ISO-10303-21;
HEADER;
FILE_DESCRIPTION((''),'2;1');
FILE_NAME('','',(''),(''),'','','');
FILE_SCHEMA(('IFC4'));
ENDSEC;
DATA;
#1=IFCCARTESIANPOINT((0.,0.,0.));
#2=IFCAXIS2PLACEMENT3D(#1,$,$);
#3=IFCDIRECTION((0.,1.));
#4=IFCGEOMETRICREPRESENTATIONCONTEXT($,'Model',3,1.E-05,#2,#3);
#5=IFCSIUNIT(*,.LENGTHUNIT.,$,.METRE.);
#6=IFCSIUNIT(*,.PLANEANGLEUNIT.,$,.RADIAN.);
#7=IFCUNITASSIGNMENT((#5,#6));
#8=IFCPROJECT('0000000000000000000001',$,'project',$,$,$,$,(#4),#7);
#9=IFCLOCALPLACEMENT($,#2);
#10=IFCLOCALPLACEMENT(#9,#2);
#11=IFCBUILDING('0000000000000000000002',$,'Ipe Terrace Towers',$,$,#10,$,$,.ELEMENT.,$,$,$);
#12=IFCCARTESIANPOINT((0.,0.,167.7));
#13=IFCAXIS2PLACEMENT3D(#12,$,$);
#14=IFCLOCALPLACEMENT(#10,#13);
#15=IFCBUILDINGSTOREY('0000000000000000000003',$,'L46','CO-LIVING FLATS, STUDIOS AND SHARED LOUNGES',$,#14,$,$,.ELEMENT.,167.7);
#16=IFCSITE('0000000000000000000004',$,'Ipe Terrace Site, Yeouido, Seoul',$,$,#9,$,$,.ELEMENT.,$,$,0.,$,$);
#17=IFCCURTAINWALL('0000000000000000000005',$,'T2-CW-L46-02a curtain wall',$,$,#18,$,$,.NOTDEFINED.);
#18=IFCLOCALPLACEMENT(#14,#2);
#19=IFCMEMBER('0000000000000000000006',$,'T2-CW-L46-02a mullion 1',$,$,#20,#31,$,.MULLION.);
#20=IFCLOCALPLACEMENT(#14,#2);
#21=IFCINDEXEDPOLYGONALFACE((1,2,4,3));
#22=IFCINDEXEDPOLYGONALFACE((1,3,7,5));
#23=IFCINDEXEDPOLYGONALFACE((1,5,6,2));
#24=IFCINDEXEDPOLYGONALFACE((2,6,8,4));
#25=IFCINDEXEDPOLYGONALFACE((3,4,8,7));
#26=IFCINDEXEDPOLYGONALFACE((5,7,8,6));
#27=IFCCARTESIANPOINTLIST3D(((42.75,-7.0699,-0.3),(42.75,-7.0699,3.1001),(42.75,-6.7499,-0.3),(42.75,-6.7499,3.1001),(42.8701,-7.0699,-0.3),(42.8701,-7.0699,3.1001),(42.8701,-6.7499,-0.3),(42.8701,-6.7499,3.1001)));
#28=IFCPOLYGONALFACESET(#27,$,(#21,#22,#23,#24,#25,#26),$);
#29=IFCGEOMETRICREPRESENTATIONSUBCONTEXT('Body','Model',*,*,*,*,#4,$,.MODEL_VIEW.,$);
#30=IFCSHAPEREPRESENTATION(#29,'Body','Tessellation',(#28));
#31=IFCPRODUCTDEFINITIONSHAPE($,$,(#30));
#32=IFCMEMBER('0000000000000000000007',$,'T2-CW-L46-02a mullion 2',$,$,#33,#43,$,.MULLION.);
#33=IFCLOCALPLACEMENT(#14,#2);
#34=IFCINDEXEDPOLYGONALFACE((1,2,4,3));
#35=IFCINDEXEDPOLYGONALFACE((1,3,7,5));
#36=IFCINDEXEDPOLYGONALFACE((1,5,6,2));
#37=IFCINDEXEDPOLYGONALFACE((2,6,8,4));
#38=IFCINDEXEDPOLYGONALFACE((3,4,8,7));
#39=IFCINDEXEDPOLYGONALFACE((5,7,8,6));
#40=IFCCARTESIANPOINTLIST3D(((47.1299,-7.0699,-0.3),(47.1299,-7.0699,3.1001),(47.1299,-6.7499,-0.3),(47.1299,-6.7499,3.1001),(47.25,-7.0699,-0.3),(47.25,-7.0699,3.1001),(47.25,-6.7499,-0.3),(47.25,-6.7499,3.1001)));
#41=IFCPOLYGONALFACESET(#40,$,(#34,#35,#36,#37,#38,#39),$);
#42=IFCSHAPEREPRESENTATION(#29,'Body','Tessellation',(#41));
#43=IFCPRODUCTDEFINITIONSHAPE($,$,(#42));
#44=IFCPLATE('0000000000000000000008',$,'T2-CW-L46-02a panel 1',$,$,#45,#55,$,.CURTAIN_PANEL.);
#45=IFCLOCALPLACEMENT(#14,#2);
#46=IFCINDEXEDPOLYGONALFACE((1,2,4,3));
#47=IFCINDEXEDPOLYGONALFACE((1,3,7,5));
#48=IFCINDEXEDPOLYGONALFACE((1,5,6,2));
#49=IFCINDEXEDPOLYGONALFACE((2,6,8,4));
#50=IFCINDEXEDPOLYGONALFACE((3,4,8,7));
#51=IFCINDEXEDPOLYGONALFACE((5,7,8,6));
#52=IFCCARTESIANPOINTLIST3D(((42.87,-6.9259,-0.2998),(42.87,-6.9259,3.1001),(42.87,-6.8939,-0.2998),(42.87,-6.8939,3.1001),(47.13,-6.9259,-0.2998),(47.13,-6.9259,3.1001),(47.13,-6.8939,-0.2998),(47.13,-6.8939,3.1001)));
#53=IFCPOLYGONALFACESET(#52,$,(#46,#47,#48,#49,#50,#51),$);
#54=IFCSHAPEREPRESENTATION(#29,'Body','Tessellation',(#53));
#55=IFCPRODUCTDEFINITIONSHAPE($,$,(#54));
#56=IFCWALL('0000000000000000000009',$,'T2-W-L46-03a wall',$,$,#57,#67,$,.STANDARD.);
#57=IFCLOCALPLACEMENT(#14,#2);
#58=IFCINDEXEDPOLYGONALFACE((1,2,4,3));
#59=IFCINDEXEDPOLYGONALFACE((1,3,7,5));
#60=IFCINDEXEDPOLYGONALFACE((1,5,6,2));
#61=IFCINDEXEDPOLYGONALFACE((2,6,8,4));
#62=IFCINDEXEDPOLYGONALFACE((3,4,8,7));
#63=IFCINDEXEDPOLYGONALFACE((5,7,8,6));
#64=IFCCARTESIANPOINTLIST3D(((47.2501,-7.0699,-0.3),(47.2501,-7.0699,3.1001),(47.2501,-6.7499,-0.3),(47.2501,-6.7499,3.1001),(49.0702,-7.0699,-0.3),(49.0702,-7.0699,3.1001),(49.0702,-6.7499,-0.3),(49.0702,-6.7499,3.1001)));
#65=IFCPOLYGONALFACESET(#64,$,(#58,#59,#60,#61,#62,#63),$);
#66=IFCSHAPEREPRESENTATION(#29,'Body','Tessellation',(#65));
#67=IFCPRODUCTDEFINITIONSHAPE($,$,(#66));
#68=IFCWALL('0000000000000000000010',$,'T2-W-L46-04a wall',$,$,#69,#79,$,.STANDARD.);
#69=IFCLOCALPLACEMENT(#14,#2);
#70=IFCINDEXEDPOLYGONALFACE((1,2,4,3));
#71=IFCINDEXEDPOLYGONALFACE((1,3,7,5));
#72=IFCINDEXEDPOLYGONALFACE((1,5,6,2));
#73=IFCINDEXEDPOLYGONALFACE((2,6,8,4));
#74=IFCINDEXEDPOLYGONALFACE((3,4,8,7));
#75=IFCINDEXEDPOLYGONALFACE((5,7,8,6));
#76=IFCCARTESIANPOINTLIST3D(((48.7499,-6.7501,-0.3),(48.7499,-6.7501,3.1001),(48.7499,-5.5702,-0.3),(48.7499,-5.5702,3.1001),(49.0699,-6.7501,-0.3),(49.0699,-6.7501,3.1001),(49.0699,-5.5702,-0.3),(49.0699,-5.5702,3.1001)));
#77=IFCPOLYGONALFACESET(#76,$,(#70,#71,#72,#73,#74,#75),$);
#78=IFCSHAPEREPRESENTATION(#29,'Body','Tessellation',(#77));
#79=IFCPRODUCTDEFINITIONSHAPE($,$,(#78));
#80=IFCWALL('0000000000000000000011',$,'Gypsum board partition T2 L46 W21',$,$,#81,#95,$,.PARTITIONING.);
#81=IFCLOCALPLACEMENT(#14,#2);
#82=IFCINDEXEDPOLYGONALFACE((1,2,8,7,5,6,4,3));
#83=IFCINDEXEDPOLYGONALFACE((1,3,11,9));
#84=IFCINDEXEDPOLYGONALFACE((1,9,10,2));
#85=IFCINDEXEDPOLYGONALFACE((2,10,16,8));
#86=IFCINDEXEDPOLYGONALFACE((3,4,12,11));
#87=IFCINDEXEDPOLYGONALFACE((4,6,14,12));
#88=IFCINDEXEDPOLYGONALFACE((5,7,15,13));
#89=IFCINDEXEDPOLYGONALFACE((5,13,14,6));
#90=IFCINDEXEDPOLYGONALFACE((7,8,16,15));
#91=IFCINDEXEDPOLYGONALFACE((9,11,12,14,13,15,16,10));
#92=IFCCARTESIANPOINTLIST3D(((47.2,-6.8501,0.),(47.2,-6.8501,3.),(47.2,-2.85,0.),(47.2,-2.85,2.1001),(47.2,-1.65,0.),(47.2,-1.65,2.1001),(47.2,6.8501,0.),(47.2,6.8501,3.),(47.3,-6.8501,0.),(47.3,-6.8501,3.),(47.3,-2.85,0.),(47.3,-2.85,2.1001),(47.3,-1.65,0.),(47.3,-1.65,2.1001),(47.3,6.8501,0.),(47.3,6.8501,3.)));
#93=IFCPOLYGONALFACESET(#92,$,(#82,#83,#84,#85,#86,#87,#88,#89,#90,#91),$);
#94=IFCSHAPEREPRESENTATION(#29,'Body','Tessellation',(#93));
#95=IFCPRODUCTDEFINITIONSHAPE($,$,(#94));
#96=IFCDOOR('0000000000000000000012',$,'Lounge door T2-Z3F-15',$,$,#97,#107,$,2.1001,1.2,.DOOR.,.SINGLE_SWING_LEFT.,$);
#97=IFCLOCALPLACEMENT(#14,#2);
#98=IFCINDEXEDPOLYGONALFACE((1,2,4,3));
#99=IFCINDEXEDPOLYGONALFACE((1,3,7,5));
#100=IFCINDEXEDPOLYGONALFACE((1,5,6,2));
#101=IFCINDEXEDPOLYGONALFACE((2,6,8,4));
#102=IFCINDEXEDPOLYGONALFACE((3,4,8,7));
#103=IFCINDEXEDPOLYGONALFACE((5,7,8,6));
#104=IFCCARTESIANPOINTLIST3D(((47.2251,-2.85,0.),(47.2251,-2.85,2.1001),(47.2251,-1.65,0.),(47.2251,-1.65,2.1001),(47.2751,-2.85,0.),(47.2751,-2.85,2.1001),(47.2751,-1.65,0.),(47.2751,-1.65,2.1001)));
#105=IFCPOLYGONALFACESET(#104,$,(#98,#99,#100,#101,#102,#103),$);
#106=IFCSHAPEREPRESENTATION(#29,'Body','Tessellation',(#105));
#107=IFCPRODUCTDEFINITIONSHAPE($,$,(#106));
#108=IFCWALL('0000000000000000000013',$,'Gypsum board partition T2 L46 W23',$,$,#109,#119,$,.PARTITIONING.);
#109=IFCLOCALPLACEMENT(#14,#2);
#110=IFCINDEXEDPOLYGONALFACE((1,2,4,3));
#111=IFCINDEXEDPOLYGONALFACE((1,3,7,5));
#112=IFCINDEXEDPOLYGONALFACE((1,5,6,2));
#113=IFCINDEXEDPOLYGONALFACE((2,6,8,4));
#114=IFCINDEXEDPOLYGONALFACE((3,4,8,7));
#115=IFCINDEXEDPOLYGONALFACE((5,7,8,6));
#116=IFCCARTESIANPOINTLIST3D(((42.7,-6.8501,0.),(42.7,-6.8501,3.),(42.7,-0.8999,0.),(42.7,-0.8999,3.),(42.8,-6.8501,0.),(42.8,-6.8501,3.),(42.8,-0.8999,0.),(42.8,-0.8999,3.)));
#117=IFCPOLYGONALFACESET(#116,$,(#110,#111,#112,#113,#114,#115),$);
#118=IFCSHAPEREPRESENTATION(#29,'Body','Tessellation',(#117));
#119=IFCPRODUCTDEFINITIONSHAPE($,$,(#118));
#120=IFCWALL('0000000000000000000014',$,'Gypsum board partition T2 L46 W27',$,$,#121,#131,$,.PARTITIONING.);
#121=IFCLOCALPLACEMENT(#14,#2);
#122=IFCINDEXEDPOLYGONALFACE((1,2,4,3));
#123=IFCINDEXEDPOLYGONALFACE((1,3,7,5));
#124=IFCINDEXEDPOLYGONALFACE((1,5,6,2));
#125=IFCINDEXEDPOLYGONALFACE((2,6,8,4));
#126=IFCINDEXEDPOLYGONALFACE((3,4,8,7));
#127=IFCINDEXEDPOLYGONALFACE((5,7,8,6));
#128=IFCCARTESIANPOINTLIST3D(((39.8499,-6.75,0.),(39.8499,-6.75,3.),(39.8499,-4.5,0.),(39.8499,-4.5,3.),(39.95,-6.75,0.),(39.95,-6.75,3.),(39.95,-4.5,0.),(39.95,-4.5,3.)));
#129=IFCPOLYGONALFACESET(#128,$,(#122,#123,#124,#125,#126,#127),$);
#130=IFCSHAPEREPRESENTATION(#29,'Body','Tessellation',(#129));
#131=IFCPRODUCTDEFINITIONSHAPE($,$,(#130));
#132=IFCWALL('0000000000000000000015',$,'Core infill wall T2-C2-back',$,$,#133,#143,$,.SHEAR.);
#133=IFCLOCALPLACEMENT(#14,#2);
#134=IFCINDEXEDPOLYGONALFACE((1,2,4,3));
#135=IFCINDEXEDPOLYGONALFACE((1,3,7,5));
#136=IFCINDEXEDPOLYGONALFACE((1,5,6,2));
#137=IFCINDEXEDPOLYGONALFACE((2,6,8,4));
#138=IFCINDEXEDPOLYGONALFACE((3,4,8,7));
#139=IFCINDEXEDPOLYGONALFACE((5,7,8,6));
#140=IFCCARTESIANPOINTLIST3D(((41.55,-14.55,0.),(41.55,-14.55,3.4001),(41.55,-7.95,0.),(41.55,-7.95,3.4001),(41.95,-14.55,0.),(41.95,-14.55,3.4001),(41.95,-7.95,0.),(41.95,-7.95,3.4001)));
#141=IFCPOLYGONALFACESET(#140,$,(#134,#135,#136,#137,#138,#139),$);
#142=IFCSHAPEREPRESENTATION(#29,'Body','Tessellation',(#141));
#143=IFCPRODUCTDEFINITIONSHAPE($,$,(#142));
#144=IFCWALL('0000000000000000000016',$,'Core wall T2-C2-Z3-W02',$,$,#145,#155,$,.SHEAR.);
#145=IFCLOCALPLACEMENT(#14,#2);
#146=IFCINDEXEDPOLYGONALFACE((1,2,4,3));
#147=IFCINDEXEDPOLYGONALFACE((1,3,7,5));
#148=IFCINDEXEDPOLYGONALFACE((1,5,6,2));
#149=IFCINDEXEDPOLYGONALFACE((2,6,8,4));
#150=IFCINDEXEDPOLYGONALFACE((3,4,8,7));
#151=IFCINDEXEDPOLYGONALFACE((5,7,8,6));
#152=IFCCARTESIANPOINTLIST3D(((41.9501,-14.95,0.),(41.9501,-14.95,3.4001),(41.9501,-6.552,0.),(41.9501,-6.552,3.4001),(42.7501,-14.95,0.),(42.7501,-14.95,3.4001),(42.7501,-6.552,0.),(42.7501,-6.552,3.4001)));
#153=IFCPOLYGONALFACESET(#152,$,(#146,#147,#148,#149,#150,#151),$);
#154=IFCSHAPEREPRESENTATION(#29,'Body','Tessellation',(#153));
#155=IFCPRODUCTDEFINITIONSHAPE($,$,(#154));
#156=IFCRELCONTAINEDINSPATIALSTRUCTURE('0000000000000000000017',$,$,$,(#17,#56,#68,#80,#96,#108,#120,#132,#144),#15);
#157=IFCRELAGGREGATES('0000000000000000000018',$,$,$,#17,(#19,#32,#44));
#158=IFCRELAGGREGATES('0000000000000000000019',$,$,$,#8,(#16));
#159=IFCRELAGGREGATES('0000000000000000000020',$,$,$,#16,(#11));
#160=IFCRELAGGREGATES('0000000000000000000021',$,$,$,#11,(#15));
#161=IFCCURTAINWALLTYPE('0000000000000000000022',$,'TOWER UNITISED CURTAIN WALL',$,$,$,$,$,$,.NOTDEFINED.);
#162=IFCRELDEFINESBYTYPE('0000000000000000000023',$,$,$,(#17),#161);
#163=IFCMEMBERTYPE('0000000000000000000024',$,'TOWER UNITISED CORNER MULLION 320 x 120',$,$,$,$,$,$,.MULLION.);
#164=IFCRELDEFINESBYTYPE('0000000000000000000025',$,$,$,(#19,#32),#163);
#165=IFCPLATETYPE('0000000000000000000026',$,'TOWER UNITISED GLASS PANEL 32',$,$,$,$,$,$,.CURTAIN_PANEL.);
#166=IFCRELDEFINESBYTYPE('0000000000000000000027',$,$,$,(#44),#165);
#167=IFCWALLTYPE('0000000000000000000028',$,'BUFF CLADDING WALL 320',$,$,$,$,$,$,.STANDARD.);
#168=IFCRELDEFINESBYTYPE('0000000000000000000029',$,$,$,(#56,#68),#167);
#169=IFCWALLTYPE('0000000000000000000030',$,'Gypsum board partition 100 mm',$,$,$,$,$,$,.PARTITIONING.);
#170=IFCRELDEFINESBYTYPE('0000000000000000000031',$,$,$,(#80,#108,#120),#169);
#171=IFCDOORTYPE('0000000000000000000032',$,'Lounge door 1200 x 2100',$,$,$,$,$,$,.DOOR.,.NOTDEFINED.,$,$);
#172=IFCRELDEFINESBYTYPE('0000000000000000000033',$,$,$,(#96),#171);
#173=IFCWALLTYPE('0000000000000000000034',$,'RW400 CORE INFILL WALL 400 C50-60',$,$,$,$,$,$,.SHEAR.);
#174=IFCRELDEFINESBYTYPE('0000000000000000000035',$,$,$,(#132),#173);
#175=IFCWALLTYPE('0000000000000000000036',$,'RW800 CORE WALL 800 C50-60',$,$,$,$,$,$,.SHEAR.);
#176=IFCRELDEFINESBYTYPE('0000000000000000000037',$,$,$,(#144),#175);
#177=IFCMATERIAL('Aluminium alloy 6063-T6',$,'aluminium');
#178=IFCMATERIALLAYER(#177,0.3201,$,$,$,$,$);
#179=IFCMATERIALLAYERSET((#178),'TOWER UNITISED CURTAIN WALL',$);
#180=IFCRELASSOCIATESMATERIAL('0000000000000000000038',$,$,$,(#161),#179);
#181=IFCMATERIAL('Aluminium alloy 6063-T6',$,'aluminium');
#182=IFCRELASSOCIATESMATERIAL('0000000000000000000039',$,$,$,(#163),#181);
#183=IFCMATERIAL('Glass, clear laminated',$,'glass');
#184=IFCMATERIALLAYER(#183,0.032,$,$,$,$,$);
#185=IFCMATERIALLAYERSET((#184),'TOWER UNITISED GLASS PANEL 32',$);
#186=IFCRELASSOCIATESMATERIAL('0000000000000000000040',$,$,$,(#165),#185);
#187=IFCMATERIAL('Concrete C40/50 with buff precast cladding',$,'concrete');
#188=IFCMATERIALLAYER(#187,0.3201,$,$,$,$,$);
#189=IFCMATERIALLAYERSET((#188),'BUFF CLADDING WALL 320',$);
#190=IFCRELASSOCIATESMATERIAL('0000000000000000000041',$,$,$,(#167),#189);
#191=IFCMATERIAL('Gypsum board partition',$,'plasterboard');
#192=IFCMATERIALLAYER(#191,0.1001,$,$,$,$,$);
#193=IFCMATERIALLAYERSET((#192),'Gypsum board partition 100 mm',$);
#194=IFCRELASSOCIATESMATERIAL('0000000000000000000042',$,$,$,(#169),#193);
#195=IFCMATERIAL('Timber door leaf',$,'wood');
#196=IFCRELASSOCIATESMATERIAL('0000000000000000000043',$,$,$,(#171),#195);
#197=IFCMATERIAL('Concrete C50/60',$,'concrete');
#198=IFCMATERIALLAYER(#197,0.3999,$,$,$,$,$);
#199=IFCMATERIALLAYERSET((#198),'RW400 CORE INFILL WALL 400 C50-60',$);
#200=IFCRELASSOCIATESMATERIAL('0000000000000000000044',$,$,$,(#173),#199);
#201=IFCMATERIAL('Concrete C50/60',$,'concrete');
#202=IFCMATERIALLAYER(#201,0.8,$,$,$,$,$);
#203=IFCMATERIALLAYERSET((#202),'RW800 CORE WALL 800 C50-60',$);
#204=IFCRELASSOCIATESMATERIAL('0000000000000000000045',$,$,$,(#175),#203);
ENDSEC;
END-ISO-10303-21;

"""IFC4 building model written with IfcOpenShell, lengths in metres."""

from ifc_helpers import new_model, si_unit, direction, frame, frame_2d, origin, origin_2d, place, context, subcontext, project, spatial, rectangle, extrude, material, layer, layer_set, material_profile, profile_set, type_object, element, fill, aggregate, save


model = new_model("IFC4")

# Units and contexts
model_context = context("Model", 3, precision=1e-05, world=origin(), true_north=direction((0.0, 1.0)))
body_context = subcontext(model_context, "Body", "Model", "MODEL_VIEW")
ifc_project = project(units=[si_unit("LENGTHUNIT", "METRE"), si_unit("PLANEANGLEUNIT", "RADIAN")], contexts=[model_context])

# Site, building, storey
site_placement = place(None, origin())
site = spatial("IfcSite", under=ifc_project, at=site_placement, Name="Ipe Terrace Site, Yeouido, Seoul", CompositionType="ELEMENT", RefElevation=0.0)
building_placement = place(site_placement, origin())
building = spatial("IfcBuilding", under=site, at=building_placement, Name="Ipe Terrace Towers", CompositionType="ELEMENT")
storey_placement = place(building_placement, frame((0.0, 0.0, 167.7)))
storey = spatial("IfcBuildingStorey", under=building, at=storey_placement, Name="L46", Description="CO-LIVING FLATS, STUDIOS AND SHARED LOUNGES", CompositionType="ELEMENT", Elevation=167.7)

# Curtain wall, members, plate
ifc_material_1 = material(Name="Aluminium alloy 6063-T6", Category="aluminium")
ifc_layer_1 = layer(ifc_material_1, 0.3201)
ifc_layer_set_1 = layer_set([ifc_layer_1], Name="TOWER UNITISED CURTAIN WALL")
curtain_wall_type = type_object("IfcCurtainWallType", Name="TOWER UNITISED CURTAIN WALL", PredefinedType="NOTDEFINED", material=ifc_layer_set_1)
curtain_wall_placement = place(storey_placement, origin())
curtain_wall = element("IfcCurtainWall", 1, at=curtain_wall_placement, inside=storey, type_object=curtain_wall_type, Name="T2-CW-L46-02a curtain wall", PredefinedType="NOTDEFINED")
ifc_material_2 = material(Name="Aluminium alloy 6063-T6", Category="aluminium")
ifc_material_profile = material_profile(ifc_material_2, rectangle(XDim=0.3201, YDim=0.1201, at=origin_2d()), Name="TOWER UNITISED CORNER MULLION 320 x 120")
ifc_profile_set = profile_set([ifc_material_profile], Name="Aluminium alloy 6063-T6")
member_type = type_object("IfcMemberType", Name="TOWER UNITISED CORNER MULLION 320 x 120", PredefinedType="MULLION", material=ifc_profile_set)
member_1_placement = place(storey_placement, frame((42.8101, -6.9099, -0.3), z_axis=(0.0, 0.0, 1.0), x_axis=(0.0, -1.0, 0.0)))
member_1 = element("IfcMember", 2, at=member_1_placement, type_object=member_type, Name="T2-CW-L46-02a mullion 1", PredefinedType="MULLION", context=body_context, shape_type="SweptSolid", body=[
    extrude(rectangle(XDim=0.3201, YDim=0.1201, at=origin_2d()), origin(), (0.0, 0.0, 1.0), 3.4001),
])
member_2_placement = place(storey_placement, frame((47.1899, -6.9099, -0.3), z_axis=(0.0, 0.0, 1.0), x_axis=(0.0, -1.0, 0.0)))
member_2 = element("IfcMember", 3, at=member_2_placement, type_object=member_type, Name="T2-CW-L46-02a mullion 2", PredefinedType="MULLION", context=body_context, shape_type="SweptSolid", body=[
    extrude(rectangle(XDim=0.3201, YDim=0.1201, at=origin_2d()), origin(), (0.0, 0.0, 1.0), 3.4001),
])
ifc_material_3 = material(Name="Glass, clear laminated", Category="glass")
ifc_layer_2 = layer(ifc_material_3, 0.032)
ifc_layer_set_2 = layer_set([ifc_layer_2], Name="TOWER UNITISED GLASS PANEL 32")
plate_type = type_object("IfcPlateType", Name="TOWER UNITISED GLASS PANEL 32", PredefinedType="CURTAIN_PANEL", material=ifc_layer_set_2)
plate_placement = place(storey_placement, frame((45.0, -6.9099, -0.2998), z_axis=(0.0, 0.0, 1.0), x_axis=(1.0, 0.0, 0.0)))
plate = element("IfcPlate", 4, at=plate_placement, type_object=plate_type, Name="T2-CW-L46-02a panel 1", PredefinedType="CURTAIN_PANEL", context=body_context, shape_type="SweptSolid", body=[
    extrude(rectangle(XDim=4.26, YDim=0.032, at=origin_2d()), origin(), (0.0, 0.0, 1.0), 3.3999),
])
aggregate(curtain_wall, [member_1, member_2, plate])

# Walls
ifc_material_4 = material(Name="Concrete C40/50 with buff precast cladding", Category="concrete")
ifc_layer_3 = layer(ifc_material_4, 0.3201)
ifc_layer_set_3 = layer_set([ifc_layer_3], Name="BUFF CLADDING WALL 320")
wall_type_1 = type_object("IfcWallType", Name="BUFF CLADDING WALL 320", PredefinedType="STANDARD", material=ifc_layer_set_3)
wall_1_placement = place(storey_placement, frame((47.25, -6.9099, -0.3), z_axis=(0.0, 0.0, 1.0), x_axis=(1.0, 0.0, 0.0)))
element("IfcWall", 5, at=wall_1_placement, inside=storey, type_object=wall_type_1, Name="T2-W-L46-03a wall", PredefinedType="STANDARD", context=body_context, shape_type="SweptSolid", body=[
    extrude(rectangle(XDim=1.8201, YDim=0.3201, at=frame_2d((0.9102, 0.0))), origin(), (0.0, 0.0, 1.0), 3.4001),
])
wall_2_placement = place(storey_placement, frame((48.9099, -6.75, -0.3), z_axis=(0.0, 0.0, 1.0), x_axis=(0.0, 1.0, 0.0)))
element("IfcWall", 6, at=wall_2_placement, inside=storey, type_object=wall_type_1, Name="T2-W-L46-04a wall", PredefinedType="STANDARD", context=body_context, shape_type="SweptSolid", body=[
    extrude(rectangle(XDim=1.1799, YDim=0.3201, at=frame_2d((0.5898, 0.0))), origin(), (0.0, 0.0, 1.0), 3.4001),
])

# Wall, opening, door
ifc_material_5 = material(Name="Gypsum board partition", Category="plasterboard")
ifc_layer_4 = layer(ifc_material_5, 0.1001)
ifc_layer_set_4 = layer_set([ifc_layer_4], Name="Gypsum board partition 100 mm")
wall_type_2 = type_object("IfcWallType", Name="Gypsum board partition 100 mm", PredefinedType="PARTITIONING", material=ifc_layer_set_4)
wall_3_placement = place(storey_placement, frame((47.25, -6.8501, 0.0), z_axis=(0.0, 0.0, 1.0), x_axis=(0.0, 1.0, 0.0)))
wall_3 = element("IfcWall", 7, at=wall_3_placement, inside=storey, type_object=wall_type_2, Name="Gypsum board partition T2 L46 W21", PredefinedType="PARTITIONING", context=body_context, shape_type="SweptSolid", body=[
    extrude(rectangle(XDim=13.7002, YDim=0.1001, at=frame_2d((6.8501, 0.0))), origin(), (0.0, 0.0, 1.0), 3.0),
])
opening_1_placement = place(wall_3_placement, frame((4.0, 0.0, 0.0)))
opening_1 = element("IfcOpeningElement", 8, at=opening_1_placement, cuts=wall_3, PredefinedType="OPENING", context=body_context, shape_type="SweptSolid", body=[
    extrude(rectangle(XDim=1.2, YDim=2.1001, at=frame_2d((0.6001, 1.05))), frame((0.0, 0.0601, 0.0), z_axis=(0.0, -1.0, 0.0), x_axis=(1.0, 0.0, 0.0)), (0.0, 0.0, 1.0), 0.1201),
])
ifc_material_6 = material(Name="Timber door leaf", Category="wood")
door_type_1 = type_object("IfcDoorType", Name="Lounge door 1200 x 2100", OperationType="NOTDEFINED", PredefinedType="DOOR", material=ifc_material_6)
door_1_placement = place(opening_1_placement, origin())
door_1 = element("IfcDoor", 9, at=door_1_placement, inside=storey, type_object=door_type_1, Name="Lounge door T2-Z3F-15", OperationType="SINGLE_SWING_LEFT", OverallHeight=2.1001, OverallWidth=1.2, PredefinedType="DOOR", context=body_context, shape_type="SweptSolid", body=[
    extrude(rectangle(XDim=1.2, YDim=2.1001, at=frame_2d((0.6001, 1.05))), frame((0.0, 0.0249, 0.0), z_axis=(0.0, -1.0, 0.0), x_axis=(1.0, 0.0, 0.0)), (0.0, 0.0, 1.0), 0.05),
])
fill(opening_1, door_1)

# Walls
wall_4_placement = place(storey_placement, frame((42.75, -6.8501, 0.0), z_axis=(0.0, 0.0, 1.0), x_axis=(0.0, 1.0, 0.0)))
element("IfcWall", 10, at=wall_4_placement, inside=storey, type_object=wall_type_2, Name="Gypsum board partition T2 L46 W23", PredefinedType="PARTITIONING", context=body_context, shape_type="SweptSolid", body=[
    extrude(rectangle(XDim=5.9502, YDim=0.1001, at=frame_2d((2.9751, 0.0))), origin(), (0.0, 0.0, 1.0), 3.0),
])
wall_5_placement = place(storey_placement, frame((39.8999, -6.75, 0.0), z_axis=(0.0, 0.0, 1.0), x_axis=(0.0, 1.0, 0.0)))
element("IfcWall", 11, at=wall_5_placement, inside=storey, type_object=wall_type_2, Name="Gypsum board partition T2 L46 W27", PredefinedType="PARTITIONING", context=body_context, shape_type="SweptSolid", body=[
    extrude(rectangle(XDim=2.25, YDim=0.1001, at=frame_2d((1.125, 0.0))), origin(), (0.0, 0.0, 1.0), 3.0),
])
ifc_material_7 = material(Name="Concrete C50/60", Category="concrete")
ifc_layer_5 = layer(ifc_material_7, 0.3999)
ifc_layer_set_5 = layer_set([ifc_layer_5], Name="RW400 CORE INFILL WALL 400 C50-60")
wall_type_3 = type_object("IfcWallType", Name="RW400 CORE INFILL WALL 400 C50-60", PredefinedType="SHEAR", material=ifc_layer_set_5)
wall_6_placement = place(storey_placement, frame((41.75, -7.95, 0.0), z_axis=(0.0, 0.0, 1.0), x_axis=(0.0, -1.0, 0.0)))
element("IfcWall", 12, at=wall_6_placement, inside=storey, type_object=wall_type_3, Name="Core infill wall T2-C2-back", PredefinedType="SHEAR", context=body_context, shape_type="SweptSolid", body=[
    extrude(rectangle(XDim=6.6001, YDim=0.3999, at=frame_2d((3.3, 0.0))), origin(), (0.0, 0.0, 1.0), 3.4001),
])
ifc_material_8 = material(Name="Concrete C50/60", Category="concrete")
ifc_layer_6 = layer(ifc_material_8, 0.8)
ifc_layer_set_6 = layer_set([ifc_layer_6], Name="RW800 CORE WALL 800 C50-60")
wall_type_4 = type_object("IfcWallType", Name="RW800 CORE WALL 800 C50-60", PredefinedType="SHEAR", material=ifc_layer_set_6)
wall_7_placement = place(storey_placement, frame((42.3501, -14.95, 0.0), z_axis=(0.0, 0.0, 1.0), x_axis=(0.0, 1.0, 0.0)))
element("IfcWall", 13, at=wall_7_placement, inside=storey, type_object=wall_type_4, Name="Core wall T2-C2-Z3-W02", PredefinedType="SHEAR", context=body_context, shape_type="SweptSolid", body=[
    extrude(rectangle(XDim=8.3979, YDim=0.8, at=frame_2d((4.199, 0.0))), origin(), (0.0, 0.0, 1.0), 3.4001),
])

save(model, "model.ifc")
